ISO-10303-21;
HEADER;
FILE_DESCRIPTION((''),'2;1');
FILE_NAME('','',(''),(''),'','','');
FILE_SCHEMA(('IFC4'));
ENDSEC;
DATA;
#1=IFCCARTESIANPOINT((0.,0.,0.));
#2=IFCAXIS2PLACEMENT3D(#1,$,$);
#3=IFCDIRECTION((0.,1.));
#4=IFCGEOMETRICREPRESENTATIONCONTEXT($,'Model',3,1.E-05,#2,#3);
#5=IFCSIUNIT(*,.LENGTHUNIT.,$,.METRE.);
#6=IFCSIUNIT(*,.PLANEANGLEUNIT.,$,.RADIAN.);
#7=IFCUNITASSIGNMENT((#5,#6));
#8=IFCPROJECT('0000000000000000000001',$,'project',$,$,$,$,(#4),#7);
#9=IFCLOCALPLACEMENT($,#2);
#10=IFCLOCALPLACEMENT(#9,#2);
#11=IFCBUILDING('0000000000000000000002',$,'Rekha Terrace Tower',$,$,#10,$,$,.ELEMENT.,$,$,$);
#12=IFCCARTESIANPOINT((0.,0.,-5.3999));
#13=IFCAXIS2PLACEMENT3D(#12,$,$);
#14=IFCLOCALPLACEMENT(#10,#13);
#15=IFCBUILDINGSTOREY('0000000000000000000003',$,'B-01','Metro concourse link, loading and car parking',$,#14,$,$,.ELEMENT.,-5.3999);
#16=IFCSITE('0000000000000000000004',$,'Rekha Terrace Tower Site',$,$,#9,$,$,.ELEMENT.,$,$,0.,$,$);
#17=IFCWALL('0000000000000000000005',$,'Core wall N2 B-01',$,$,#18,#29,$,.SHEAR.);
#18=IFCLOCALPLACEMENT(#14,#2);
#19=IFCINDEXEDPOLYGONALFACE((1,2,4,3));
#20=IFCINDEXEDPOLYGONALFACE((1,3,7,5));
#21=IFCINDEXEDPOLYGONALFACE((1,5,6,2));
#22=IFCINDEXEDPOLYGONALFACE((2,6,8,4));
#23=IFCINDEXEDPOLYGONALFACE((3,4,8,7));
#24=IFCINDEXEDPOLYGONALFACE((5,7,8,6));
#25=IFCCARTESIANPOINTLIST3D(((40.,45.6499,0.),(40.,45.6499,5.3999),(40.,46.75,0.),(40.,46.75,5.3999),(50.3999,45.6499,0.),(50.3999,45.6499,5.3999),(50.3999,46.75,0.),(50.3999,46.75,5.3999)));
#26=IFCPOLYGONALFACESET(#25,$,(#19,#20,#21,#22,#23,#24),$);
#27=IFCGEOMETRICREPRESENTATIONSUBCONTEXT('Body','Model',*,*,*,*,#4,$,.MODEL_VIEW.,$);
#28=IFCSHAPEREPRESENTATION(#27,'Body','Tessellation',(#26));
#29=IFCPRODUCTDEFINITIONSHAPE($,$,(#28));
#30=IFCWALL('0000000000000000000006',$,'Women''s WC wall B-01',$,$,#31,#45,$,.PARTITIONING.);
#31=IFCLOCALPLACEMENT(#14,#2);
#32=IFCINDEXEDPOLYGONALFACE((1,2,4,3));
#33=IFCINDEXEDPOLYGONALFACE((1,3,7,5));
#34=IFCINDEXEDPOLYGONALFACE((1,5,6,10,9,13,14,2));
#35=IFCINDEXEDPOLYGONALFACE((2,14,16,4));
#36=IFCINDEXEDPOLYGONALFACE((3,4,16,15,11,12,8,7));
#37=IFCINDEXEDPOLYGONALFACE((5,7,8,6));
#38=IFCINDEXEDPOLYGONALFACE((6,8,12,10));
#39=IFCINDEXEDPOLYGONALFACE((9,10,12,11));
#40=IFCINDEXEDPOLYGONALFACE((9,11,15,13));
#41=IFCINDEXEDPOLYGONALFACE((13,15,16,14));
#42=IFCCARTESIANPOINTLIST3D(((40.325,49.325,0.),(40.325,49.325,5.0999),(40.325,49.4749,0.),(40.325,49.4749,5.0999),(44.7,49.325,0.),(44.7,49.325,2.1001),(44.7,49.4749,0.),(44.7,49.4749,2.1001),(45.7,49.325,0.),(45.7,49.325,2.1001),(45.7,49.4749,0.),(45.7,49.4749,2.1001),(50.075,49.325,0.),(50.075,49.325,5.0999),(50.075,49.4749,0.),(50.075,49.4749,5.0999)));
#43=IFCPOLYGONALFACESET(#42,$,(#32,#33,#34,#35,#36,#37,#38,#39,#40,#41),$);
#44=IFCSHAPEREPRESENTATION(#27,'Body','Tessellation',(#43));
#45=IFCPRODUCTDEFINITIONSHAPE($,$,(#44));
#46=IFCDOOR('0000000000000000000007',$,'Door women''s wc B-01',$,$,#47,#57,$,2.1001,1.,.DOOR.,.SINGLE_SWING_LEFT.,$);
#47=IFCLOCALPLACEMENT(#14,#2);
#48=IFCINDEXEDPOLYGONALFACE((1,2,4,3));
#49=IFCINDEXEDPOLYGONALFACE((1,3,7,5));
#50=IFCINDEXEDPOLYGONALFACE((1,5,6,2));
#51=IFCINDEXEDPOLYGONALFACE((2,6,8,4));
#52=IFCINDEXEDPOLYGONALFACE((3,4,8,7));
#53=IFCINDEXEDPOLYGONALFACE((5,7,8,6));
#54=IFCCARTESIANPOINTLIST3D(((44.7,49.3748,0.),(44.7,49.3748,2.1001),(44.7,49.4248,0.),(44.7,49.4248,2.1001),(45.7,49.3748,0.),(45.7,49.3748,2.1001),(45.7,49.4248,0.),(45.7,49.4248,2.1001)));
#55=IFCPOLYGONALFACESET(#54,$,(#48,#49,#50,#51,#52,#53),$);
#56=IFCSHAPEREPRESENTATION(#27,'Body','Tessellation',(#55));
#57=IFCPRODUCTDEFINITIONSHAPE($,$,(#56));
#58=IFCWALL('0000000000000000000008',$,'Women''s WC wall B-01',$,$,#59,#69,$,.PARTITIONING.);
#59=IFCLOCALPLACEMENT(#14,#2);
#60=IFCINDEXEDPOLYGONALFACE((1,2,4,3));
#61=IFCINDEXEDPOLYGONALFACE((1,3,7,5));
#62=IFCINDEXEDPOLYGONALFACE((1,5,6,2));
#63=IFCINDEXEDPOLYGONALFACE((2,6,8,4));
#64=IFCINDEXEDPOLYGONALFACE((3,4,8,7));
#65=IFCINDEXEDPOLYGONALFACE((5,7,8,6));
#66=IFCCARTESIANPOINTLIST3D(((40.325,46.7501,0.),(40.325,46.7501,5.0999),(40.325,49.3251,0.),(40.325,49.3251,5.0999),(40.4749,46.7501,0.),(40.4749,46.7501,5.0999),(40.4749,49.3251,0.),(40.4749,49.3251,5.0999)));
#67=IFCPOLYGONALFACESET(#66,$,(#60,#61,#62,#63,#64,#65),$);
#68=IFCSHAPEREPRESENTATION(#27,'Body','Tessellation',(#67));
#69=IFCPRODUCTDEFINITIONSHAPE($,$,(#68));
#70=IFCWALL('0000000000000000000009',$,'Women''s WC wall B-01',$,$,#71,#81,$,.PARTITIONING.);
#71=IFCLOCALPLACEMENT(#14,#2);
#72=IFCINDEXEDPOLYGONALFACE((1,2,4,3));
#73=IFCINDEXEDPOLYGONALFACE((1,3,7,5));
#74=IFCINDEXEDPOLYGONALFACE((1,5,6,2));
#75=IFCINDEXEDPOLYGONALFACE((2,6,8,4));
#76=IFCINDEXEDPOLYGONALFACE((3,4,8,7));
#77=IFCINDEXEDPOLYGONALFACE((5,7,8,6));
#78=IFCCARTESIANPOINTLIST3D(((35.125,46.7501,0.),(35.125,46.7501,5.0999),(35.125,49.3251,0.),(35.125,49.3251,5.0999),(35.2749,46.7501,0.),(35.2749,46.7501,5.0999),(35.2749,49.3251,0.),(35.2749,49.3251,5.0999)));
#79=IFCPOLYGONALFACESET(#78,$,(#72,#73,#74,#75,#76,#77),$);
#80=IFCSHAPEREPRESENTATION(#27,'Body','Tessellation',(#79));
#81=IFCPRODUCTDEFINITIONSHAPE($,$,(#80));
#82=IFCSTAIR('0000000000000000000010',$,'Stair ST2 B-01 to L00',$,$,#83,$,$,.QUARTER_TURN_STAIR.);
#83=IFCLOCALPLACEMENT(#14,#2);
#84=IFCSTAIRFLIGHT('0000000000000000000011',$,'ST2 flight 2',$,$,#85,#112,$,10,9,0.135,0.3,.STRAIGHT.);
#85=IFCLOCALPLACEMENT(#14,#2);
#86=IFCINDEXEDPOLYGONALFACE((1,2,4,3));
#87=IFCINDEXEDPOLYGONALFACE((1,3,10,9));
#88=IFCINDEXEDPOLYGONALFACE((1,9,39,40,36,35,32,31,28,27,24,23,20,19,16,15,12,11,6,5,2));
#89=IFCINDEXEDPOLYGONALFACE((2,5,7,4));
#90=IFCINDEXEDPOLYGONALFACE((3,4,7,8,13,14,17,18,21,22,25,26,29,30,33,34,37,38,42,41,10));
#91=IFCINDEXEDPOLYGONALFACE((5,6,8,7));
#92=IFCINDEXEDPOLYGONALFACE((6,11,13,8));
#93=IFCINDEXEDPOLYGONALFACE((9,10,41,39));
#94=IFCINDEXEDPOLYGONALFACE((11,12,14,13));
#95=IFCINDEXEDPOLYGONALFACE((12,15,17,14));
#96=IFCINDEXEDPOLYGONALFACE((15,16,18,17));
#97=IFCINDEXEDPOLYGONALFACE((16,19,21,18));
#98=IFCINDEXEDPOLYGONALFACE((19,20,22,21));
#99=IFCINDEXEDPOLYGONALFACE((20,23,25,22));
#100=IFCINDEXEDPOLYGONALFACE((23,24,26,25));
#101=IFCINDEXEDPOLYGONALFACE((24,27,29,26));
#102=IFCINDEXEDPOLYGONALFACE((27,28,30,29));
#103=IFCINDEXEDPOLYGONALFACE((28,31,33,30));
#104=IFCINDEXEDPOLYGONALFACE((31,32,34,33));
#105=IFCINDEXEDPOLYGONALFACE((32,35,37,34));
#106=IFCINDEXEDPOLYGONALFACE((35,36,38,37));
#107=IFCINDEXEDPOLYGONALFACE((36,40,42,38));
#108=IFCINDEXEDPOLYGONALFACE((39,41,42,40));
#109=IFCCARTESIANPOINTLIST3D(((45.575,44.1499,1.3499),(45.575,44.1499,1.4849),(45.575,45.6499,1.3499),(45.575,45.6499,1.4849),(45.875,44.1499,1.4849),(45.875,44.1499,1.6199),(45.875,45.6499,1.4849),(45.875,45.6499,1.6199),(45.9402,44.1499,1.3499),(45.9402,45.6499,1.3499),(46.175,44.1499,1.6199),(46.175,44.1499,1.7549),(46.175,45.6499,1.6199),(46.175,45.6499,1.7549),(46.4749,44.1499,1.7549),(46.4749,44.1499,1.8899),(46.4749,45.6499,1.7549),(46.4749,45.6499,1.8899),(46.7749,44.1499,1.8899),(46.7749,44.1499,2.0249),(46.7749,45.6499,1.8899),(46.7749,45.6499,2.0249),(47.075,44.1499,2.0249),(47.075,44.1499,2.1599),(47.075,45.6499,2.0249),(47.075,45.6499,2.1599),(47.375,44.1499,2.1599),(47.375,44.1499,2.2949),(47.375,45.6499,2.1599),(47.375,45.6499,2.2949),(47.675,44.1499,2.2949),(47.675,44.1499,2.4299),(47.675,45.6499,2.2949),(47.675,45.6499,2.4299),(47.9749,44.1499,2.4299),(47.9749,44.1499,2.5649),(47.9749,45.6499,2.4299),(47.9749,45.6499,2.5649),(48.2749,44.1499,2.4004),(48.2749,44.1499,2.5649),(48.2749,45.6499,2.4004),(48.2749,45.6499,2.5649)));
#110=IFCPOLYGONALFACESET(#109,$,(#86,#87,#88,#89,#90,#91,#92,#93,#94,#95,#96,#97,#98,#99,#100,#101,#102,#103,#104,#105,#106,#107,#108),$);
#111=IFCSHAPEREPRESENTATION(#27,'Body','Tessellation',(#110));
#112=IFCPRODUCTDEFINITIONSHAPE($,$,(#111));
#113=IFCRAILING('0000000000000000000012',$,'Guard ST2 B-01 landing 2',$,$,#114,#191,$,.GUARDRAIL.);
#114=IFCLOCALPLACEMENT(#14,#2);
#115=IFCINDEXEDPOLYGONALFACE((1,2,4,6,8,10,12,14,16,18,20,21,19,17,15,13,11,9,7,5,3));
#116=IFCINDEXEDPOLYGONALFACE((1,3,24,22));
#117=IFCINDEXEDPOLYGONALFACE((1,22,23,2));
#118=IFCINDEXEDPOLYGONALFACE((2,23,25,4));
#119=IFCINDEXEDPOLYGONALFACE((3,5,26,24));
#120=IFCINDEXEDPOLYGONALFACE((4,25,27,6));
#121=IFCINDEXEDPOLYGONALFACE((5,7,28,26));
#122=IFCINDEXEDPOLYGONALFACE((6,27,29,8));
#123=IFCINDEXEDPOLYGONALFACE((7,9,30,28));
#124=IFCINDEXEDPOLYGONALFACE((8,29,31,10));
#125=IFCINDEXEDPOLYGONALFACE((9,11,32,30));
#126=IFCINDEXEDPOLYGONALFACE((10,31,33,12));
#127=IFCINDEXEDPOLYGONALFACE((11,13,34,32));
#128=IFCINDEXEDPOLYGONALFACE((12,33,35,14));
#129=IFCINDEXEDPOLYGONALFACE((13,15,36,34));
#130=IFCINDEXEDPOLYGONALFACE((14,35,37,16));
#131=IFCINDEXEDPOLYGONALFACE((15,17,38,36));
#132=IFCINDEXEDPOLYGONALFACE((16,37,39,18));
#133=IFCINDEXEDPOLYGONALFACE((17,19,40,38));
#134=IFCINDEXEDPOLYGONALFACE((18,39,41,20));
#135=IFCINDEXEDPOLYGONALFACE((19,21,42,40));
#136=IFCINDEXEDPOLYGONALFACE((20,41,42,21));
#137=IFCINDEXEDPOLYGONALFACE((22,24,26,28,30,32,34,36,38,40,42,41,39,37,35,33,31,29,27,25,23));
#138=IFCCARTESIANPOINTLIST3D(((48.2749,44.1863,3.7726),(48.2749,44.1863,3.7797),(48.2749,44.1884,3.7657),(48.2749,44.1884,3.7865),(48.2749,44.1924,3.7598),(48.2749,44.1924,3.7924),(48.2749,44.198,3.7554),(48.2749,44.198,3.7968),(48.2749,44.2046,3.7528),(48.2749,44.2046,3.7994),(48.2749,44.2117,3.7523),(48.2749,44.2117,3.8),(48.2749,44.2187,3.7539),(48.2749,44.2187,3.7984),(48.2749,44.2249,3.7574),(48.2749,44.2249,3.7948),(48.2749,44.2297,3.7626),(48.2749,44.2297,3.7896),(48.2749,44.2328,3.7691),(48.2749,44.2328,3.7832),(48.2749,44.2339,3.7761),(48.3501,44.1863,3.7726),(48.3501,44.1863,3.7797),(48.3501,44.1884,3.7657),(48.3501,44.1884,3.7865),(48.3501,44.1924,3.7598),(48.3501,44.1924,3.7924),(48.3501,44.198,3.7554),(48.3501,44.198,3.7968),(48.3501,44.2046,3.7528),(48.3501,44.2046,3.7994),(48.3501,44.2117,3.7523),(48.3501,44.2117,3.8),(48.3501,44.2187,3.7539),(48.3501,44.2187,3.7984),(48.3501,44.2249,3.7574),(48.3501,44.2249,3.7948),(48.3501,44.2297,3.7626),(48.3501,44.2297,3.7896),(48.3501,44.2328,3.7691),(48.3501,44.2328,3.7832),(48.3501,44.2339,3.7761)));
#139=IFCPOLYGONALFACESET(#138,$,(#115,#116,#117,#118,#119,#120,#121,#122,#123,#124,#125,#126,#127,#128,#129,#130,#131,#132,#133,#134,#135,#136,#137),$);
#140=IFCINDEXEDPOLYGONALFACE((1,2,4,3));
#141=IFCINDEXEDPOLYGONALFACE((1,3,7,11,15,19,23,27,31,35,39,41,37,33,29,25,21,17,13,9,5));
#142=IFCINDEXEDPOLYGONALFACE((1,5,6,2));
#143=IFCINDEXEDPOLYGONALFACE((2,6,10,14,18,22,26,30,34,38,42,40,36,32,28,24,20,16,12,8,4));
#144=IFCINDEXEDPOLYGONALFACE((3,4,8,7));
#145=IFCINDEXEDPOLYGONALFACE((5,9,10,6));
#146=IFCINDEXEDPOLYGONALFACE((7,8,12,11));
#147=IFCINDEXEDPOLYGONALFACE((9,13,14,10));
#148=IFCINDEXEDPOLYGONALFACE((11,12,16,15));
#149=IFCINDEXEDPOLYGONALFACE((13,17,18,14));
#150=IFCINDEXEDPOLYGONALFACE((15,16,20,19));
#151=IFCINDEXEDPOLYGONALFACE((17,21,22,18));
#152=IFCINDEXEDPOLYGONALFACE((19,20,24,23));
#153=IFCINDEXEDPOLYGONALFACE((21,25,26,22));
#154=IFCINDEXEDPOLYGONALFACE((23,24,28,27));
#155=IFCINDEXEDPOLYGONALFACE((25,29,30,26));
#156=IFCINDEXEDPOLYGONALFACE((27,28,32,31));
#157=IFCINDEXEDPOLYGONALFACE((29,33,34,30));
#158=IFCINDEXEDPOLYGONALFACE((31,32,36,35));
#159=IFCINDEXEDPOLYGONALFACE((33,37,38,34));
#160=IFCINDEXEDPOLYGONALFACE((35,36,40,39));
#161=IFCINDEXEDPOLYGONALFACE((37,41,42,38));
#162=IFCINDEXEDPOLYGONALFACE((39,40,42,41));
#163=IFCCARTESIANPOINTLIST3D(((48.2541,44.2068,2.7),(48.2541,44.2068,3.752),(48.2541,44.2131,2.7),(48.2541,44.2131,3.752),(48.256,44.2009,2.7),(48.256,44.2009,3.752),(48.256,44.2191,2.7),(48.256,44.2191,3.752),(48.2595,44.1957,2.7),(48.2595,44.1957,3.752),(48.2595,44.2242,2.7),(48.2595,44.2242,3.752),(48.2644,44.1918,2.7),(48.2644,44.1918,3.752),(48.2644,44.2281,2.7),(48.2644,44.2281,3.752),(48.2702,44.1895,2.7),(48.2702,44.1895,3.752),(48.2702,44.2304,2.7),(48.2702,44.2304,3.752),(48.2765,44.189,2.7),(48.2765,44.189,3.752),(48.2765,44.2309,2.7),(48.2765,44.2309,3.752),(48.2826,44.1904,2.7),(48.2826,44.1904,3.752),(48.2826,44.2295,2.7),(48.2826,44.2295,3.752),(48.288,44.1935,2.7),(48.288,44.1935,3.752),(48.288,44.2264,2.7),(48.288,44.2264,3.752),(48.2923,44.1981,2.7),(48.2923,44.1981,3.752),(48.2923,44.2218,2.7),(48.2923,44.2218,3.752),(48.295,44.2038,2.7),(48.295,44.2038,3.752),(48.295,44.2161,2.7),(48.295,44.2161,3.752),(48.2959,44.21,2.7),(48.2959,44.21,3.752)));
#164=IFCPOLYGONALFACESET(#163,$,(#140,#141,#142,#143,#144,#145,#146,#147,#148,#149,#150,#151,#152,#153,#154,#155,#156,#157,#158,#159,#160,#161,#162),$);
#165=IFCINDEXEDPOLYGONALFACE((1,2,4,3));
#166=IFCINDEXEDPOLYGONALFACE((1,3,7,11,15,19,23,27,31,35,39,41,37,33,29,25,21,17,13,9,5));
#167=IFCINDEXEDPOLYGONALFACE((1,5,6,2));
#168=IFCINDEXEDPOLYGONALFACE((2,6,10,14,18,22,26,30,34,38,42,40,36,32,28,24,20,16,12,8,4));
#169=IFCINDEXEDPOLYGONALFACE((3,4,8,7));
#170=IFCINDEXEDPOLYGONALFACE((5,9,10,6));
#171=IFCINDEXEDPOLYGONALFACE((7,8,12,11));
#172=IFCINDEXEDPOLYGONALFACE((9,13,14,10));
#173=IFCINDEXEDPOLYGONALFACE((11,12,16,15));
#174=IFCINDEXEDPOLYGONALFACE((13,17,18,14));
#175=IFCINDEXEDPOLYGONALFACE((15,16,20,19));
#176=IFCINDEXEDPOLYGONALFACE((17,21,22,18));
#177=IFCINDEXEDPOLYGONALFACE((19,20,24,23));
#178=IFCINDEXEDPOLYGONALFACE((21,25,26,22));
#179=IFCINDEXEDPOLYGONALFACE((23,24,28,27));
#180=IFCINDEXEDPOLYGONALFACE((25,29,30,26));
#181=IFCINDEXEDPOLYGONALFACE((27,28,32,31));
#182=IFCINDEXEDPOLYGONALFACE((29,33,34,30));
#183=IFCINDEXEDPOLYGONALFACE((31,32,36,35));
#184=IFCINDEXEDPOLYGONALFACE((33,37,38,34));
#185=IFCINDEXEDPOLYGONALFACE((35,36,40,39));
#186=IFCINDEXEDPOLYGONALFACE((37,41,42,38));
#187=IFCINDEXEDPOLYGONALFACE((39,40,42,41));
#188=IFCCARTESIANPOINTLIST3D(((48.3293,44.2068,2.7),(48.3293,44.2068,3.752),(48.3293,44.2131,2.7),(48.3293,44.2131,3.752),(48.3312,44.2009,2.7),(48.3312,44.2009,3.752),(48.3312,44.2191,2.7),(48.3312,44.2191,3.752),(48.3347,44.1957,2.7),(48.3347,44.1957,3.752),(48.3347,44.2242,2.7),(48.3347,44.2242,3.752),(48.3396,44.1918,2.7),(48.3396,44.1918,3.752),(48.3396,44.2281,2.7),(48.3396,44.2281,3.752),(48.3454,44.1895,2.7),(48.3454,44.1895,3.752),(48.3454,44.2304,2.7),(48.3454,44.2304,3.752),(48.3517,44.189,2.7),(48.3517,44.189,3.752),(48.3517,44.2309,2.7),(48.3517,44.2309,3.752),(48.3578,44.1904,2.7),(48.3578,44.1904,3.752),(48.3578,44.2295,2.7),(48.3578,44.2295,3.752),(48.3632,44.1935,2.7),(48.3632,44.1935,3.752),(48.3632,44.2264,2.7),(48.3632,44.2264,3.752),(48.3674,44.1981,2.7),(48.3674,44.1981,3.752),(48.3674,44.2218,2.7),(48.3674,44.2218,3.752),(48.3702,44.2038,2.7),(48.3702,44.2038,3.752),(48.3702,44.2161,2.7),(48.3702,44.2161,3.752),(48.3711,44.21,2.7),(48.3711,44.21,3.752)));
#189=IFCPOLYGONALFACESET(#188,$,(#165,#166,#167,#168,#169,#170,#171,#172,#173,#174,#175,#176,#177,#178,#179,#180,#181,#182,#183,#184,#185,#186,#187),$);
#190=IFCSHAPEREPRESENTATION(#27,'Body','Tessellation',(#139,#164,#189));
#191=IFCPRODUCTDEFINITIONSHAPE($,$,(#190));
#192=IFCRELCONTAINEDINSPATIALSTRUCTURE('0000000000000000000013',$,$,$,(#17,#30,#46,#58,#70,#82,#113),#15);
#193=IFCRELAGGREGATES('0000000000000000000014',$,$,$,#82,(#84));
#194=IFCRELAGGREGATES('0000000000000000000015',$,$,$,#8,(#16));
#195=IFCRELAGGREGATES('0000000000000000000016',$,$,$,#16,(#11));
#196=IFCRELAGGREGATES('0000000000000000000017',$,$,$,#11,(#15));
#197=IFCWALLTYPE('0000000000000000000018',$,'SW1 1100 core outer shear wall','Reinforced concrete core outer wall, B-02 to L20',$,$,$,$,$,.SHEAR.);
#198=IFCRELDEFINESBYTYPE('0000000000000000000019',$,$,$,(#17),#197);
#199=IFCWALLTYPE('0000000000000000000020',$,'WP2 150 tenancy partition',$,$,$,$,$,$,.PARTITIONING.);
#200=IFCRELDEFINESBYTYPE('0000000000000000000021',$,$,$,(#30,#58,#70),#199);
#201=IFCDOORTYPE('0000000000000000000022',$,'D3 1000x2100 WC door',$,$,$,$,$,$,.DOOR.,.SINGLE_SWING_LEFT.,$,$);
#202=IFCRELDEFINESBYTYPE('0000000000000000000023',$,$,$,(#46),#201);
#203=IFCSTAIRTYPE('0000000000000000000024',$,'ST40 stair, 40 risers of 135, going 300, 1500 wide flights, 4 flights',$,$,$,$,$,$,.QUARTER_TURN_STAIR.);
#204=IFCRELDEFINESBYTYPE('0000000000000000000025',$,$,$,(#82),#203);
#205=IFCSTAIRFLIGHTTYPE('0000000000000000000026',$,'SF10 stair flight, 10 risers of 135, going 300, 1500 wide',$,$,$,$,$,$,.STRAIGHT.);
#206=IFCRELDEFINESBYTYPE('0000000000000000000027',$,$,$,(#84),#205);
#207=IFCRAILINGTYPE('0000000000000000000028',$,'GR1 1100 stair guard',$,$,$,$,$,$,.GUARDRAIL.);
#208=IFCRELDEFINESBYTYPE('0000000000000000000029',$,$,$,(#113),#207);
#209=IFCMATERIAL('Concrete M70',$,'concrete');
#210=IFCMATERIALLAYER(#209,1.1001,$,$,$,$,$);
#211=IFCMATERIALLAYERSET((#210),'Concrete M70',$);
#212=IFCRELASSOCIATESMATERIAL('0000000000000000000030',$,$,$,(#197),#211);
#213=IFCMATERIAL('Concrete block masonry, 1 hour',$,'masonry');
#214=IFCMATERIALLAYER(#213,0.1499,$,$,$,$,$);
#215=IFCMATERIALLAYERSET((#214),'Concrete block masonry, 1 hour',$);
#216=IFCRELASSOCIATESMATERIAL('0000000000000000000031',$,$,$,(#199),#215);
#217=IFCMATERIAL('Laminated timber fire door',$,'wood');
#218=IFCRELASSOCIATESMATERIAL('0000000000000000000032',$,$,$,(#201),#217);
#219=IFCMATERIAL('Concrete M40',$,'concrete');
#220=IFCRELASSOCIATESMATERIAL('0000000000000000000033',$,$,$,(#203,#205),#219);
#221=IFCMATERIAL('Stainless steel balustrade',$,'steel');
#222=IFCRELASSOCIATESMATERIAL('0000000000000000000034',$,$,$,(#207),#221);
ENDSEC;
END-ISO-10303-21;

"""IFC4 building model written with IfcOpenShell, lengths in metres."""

from ifc_helpers import new_model, si_unit, direction, frame, frame_2d, origin, origin_2d, place, context, subcontext, project, spatial, polyline, rectangle, circle, outline, extrude, material, layer, layer_set, type_object, element, fill, aggregate, save


model = new_model("IFC4")

# Units and contexts
model_context = context("Model", 3, precision=1e-05, world=origin(), true_north=direction((0.0, 1.0)))
body_context = subcontext(model_context, "Body", "Model", "MODEL_VIEW")
ifc_project = project(units=[si_unit("LENGTHUNIT", "METRE"), si_unit("PLANEANGLEUNIT", "RADIAN")], contexts=[model_context])

# Site, building, storey
site_placement = place(None, origin())
site = spatial("IfcSite", under=ifc_project, at=site_placement, Name="Rekha Terrace Tower Site", CompositionType="ELEMENT", RefElevation=0.0)
building_placement = place(site_placement, origin())
building = spatial("IfcBuilding", under=site, at=building_placement, Name="Rekha Terrace Tower", CompositionType="ELEMENT")
storey_placement = place(building_placement, frame((0.0, 0.0, -5.3999)))
storey = spatial("IfcBuildingStorey", under=building, at=storey_placement, Name="B-01", Description="Metro concourse link, loading and car parking", CompositionType="ELEMENT", Elevation=-5.3999)

# Shared definitions
ifc_material_1 = material(Name="Concrete M70", Category="concrete")

# Shared definitions
ifc_material_2 = material(Name="Concrete M40", Category="concrete")

# Wall
ifc_layer_1 = layer(ifc_material_1, 1.1001)
ifc_layer_set_1 = layer_set([ifc_layer_1], Name="Concrete M70")
wall_type_1 = type_object("IfcWallType", Name="SW1 1100 core outer shear wall", Description="Reinforced concrete core outer wall, B-02 to L20", PredefinedType="SHEAR", material=ifc_layer_set_1)
wall_1_placement = place(storey_placement, frame((40.0, 46.2, 0.0), z_axis=(0.0, 0.0, 1.0), x_axis=(1.0, 0.0, 0.0)))
element("IfcWall", 1, at=wall_1_placement, inside=storey, type_object=wall_type_1, Name="Core wall N2 B-01", PredefinedType="SHEAR", context=body_context, shape_type="SweptSolid", body=[
    extrude(rectangle(XDim=10.3999, YDim=1.1001, at=frame_2d((5.2, 0.0))), origin(), (0.0, 0.0, 1.0), 5.3999),
])

# Wall, opening, door
ifc_material_3 = material(Name="Concrete block masonry, 1 hour", Category="masonry")
ifc_layer_2 = layer(ifc_material_3, 0.1499)
ifc_layer_set_2 = layer_set([ifc_layer_2], Name="Concrete block masonry, 1 hour")
wall_type_2 = type_object("IfcWallType", Name="WP2 150 tenancy partition", PredefinedType="PARTITIONING", material=ifc_layer_set_2)
wall_2_placement = place(storey_placement, frame((40.325, 49.3999, 0.0), z_axis=(0.0, 0.0, 1.0), x_axis=(1.0, 0.0, 0.0)))
wall_2 = element("IfcWall", 2, at=wall_2_placement, inside=storey, type_object=wall_type_2, Name="Women's WC wall B-01", PredefinedType="PARTITIONING", context=body_context, shape_type="SweptSolid", body=[
    extrude(rectangle(XDim=9.75, YDim=0.1499, at=frame_2d((4.875, 0.0))), origin(), (0.0, 0.0, 1.0), 5.0999),
])
opening_placement = place(wall_2_placement, frame((4.375, 0.0, 0.0)))
opening = element("IfcOpeningElement", 3, at=opening_placement, cuts=wall_2, PredefinedType="OPENING", context=body_context, shape_type="SweptSolid", body=[
    extrude(rectangle(XDim=1.0, YDim=2.1001, at=frame_2d((0.5, 1.05))), frame((0.0, 0.085, 0.0), z_axis=(0.0, -1.0, 0.0), x_axis=(1.0, 0.0, 0.0)), (0.0, 0.0, 1.0), 0.1699),
])
ifc_material_4 = material(Name="Laminated timber fire door", Category="wood")
door_type = type_object("IfcDoorType", Name="D3 1000x2100 WC door", OperationType="SINGLE_SWING_LEFT", PredefinedType="DOOR", material=ifc_material_4)
door_placement = place(opening_placement, origin())
door = element("IfcDoor", 4, at=door_placement, inside=storey, type_object=door_type, Name="Door women's wc B-01", OperationType="SINGLE_SWING_LEFT", OverallHeight=2.1001, OverallWidth=1.0, PredefinedType="DOOR", context=body_context, shape_type="SweptSolid", body=[
    extrude(rectangle(XDim=1.0, YDim=2.1001, at=frame_2d((0.5, 1.05))), frame((0.0, 0.0249, 0.0), z_axis=(0.0, -1.0, 0.0), x_axis=(1.0, 0.0, 0.0)), (0.0, 0.0, 1.0), 0.05),
])
fill(opening, door)

# Walls
for number, where, z_axis, x_axis, name in (
    (5, (40.3999, 46.75, 0.0), (0.0, 0.0, 1.0), (0.0, 1.0, 0.0), "Women's WC wall B-01"),
    (6, (35.2, 46.75, 0.0), (0.0, 0.0, 1.0), (0.0, 1.0, 0.0), "Women's WC wall B-01"),
):
    element("IfcWall", number, at=place(storey_placement, frame(where, z_axis=z_axis, x_axis=x_axis)), inside=storey, type_object=wall_type_2, Name=name, PredefinedType="PARTITIONING", context=body_context, shape_type="SweptSolid", body=[
        extrude(rectangle(XDim=2.575, YDim=0.1499, at=frame_2d((1.2876, 0.0))), origin(), (0.0, 0.0, 1.0), 5.0999),
    ])

# Stair, stair flight
stair_type = type_object("IfcStairType", Name="ST40 stair, 40 risers of 135, going 300, 1500 wide flights, 4 flights", PredefinedType="QUARTER_TURN_STAIR", material=ifc_material_2)
stair_placement = place(storey_placement, origin())
stair = element("IfcStair", 7, at=stair_placement, inside=storey, type_object=stair_type, Name="Stair ST2 B-01 to L00", PredefinedType="QUARTER_TURN_STAIR")
stair_flight_type = type_object("IfcStairFlightType", Name="SF10 stair flight, 10 risers of 135, going 300, 1500 wide", PredefinedType="STRAIGHT", material=ifc_material_2)
stair_flight_placement = place(storey_placement, frame((45.575, 44.8999, 1.3499), z_axis=(0.0, 0.0, 1.0), x_axis=(1.0, 0.0, 0.0)))
stair_flight = element("IfcStairFlight", 8, at=stair_flight_placement, type_object=stair_flight_type, Name="ST2 flight 2", NumberOfRisers=10, NumberOfTreads=9, PredefinedType="STRAIGHT", RiserHeight=0.135, TreadLength=0.3, context=body_context, shape_type="SweptSolid", body=[
    extrude(outline(polyline([(0.0, 0.0), (0.0, 0.135), (0.3, 0.135), (0.3, 0.27), (0.6001, 0.27), (0.6001, 0.405), (0.8999, 0.405), (0.8999, 0.54), (1.2, 0.54), (1.2, 0.675), (1.5, 0.675), (1.5, 0.8101), (1.8, 0.8101), (1.8, 0.9451), (2.1001, 0.9451), (2.1001, 1.0801), (2.3999, 1.0801), (2.3999, 1.2151), (2.7, 1.2151), (2.7, 1.3501), (2.7, 1.0505), (0.3652, 0.0), (0.0, 0.0)])), frame((0.0, 0.75, 0.0), z_axis=(0.0, -1.0, 0.0), x_axis=(1.0, 0.0, 0.0)), (0.0, 0.0, 1.0), 1.5),
])
aggregate(stair, [stair_flight])

# Railing
ifc_material_5 = material(Name="Stainless steel balustrade", Category="steel")
railing_type_1 = type_object("IfcRailingType", Name="GR1 1100 stair guard", PredefinedType="GUARDRAIL", material=ifc_material_5)
railing_1_placement = place(storey_placement, frame((48.2749, 44.21, 2.7)))
element("IfcRailing", 9, at=railing_1_placement, inside=storey, type_object=railing_type_1, Name="Guard ST2 B-01 landing 2", PredefinedType="GUARDRAIL", context=body_context, shape_type="SweptSolid", body=[
    extrude(circle(Radius=0.0239, at=origin_2d()), frame((0.0, 0.0, 1.0762), z_axis=(1.0, 0.0, 0.0), x_axis=(0.0, 1.0, 0.0)), (0.0, 0.0, 1.0), 0.0752),
    extrude(circle(Radius=0.021, at=origin_2d()), origin(), (0.0, 0.0, 1.0), 1.052),
    extrude(circle(Radius=0.021, at=origin_2d()), frame((0.0752, 0.0, 0.0)), (0.0, 0.0, 1.0), 1.052),
])

save(model, "model.ifc")
